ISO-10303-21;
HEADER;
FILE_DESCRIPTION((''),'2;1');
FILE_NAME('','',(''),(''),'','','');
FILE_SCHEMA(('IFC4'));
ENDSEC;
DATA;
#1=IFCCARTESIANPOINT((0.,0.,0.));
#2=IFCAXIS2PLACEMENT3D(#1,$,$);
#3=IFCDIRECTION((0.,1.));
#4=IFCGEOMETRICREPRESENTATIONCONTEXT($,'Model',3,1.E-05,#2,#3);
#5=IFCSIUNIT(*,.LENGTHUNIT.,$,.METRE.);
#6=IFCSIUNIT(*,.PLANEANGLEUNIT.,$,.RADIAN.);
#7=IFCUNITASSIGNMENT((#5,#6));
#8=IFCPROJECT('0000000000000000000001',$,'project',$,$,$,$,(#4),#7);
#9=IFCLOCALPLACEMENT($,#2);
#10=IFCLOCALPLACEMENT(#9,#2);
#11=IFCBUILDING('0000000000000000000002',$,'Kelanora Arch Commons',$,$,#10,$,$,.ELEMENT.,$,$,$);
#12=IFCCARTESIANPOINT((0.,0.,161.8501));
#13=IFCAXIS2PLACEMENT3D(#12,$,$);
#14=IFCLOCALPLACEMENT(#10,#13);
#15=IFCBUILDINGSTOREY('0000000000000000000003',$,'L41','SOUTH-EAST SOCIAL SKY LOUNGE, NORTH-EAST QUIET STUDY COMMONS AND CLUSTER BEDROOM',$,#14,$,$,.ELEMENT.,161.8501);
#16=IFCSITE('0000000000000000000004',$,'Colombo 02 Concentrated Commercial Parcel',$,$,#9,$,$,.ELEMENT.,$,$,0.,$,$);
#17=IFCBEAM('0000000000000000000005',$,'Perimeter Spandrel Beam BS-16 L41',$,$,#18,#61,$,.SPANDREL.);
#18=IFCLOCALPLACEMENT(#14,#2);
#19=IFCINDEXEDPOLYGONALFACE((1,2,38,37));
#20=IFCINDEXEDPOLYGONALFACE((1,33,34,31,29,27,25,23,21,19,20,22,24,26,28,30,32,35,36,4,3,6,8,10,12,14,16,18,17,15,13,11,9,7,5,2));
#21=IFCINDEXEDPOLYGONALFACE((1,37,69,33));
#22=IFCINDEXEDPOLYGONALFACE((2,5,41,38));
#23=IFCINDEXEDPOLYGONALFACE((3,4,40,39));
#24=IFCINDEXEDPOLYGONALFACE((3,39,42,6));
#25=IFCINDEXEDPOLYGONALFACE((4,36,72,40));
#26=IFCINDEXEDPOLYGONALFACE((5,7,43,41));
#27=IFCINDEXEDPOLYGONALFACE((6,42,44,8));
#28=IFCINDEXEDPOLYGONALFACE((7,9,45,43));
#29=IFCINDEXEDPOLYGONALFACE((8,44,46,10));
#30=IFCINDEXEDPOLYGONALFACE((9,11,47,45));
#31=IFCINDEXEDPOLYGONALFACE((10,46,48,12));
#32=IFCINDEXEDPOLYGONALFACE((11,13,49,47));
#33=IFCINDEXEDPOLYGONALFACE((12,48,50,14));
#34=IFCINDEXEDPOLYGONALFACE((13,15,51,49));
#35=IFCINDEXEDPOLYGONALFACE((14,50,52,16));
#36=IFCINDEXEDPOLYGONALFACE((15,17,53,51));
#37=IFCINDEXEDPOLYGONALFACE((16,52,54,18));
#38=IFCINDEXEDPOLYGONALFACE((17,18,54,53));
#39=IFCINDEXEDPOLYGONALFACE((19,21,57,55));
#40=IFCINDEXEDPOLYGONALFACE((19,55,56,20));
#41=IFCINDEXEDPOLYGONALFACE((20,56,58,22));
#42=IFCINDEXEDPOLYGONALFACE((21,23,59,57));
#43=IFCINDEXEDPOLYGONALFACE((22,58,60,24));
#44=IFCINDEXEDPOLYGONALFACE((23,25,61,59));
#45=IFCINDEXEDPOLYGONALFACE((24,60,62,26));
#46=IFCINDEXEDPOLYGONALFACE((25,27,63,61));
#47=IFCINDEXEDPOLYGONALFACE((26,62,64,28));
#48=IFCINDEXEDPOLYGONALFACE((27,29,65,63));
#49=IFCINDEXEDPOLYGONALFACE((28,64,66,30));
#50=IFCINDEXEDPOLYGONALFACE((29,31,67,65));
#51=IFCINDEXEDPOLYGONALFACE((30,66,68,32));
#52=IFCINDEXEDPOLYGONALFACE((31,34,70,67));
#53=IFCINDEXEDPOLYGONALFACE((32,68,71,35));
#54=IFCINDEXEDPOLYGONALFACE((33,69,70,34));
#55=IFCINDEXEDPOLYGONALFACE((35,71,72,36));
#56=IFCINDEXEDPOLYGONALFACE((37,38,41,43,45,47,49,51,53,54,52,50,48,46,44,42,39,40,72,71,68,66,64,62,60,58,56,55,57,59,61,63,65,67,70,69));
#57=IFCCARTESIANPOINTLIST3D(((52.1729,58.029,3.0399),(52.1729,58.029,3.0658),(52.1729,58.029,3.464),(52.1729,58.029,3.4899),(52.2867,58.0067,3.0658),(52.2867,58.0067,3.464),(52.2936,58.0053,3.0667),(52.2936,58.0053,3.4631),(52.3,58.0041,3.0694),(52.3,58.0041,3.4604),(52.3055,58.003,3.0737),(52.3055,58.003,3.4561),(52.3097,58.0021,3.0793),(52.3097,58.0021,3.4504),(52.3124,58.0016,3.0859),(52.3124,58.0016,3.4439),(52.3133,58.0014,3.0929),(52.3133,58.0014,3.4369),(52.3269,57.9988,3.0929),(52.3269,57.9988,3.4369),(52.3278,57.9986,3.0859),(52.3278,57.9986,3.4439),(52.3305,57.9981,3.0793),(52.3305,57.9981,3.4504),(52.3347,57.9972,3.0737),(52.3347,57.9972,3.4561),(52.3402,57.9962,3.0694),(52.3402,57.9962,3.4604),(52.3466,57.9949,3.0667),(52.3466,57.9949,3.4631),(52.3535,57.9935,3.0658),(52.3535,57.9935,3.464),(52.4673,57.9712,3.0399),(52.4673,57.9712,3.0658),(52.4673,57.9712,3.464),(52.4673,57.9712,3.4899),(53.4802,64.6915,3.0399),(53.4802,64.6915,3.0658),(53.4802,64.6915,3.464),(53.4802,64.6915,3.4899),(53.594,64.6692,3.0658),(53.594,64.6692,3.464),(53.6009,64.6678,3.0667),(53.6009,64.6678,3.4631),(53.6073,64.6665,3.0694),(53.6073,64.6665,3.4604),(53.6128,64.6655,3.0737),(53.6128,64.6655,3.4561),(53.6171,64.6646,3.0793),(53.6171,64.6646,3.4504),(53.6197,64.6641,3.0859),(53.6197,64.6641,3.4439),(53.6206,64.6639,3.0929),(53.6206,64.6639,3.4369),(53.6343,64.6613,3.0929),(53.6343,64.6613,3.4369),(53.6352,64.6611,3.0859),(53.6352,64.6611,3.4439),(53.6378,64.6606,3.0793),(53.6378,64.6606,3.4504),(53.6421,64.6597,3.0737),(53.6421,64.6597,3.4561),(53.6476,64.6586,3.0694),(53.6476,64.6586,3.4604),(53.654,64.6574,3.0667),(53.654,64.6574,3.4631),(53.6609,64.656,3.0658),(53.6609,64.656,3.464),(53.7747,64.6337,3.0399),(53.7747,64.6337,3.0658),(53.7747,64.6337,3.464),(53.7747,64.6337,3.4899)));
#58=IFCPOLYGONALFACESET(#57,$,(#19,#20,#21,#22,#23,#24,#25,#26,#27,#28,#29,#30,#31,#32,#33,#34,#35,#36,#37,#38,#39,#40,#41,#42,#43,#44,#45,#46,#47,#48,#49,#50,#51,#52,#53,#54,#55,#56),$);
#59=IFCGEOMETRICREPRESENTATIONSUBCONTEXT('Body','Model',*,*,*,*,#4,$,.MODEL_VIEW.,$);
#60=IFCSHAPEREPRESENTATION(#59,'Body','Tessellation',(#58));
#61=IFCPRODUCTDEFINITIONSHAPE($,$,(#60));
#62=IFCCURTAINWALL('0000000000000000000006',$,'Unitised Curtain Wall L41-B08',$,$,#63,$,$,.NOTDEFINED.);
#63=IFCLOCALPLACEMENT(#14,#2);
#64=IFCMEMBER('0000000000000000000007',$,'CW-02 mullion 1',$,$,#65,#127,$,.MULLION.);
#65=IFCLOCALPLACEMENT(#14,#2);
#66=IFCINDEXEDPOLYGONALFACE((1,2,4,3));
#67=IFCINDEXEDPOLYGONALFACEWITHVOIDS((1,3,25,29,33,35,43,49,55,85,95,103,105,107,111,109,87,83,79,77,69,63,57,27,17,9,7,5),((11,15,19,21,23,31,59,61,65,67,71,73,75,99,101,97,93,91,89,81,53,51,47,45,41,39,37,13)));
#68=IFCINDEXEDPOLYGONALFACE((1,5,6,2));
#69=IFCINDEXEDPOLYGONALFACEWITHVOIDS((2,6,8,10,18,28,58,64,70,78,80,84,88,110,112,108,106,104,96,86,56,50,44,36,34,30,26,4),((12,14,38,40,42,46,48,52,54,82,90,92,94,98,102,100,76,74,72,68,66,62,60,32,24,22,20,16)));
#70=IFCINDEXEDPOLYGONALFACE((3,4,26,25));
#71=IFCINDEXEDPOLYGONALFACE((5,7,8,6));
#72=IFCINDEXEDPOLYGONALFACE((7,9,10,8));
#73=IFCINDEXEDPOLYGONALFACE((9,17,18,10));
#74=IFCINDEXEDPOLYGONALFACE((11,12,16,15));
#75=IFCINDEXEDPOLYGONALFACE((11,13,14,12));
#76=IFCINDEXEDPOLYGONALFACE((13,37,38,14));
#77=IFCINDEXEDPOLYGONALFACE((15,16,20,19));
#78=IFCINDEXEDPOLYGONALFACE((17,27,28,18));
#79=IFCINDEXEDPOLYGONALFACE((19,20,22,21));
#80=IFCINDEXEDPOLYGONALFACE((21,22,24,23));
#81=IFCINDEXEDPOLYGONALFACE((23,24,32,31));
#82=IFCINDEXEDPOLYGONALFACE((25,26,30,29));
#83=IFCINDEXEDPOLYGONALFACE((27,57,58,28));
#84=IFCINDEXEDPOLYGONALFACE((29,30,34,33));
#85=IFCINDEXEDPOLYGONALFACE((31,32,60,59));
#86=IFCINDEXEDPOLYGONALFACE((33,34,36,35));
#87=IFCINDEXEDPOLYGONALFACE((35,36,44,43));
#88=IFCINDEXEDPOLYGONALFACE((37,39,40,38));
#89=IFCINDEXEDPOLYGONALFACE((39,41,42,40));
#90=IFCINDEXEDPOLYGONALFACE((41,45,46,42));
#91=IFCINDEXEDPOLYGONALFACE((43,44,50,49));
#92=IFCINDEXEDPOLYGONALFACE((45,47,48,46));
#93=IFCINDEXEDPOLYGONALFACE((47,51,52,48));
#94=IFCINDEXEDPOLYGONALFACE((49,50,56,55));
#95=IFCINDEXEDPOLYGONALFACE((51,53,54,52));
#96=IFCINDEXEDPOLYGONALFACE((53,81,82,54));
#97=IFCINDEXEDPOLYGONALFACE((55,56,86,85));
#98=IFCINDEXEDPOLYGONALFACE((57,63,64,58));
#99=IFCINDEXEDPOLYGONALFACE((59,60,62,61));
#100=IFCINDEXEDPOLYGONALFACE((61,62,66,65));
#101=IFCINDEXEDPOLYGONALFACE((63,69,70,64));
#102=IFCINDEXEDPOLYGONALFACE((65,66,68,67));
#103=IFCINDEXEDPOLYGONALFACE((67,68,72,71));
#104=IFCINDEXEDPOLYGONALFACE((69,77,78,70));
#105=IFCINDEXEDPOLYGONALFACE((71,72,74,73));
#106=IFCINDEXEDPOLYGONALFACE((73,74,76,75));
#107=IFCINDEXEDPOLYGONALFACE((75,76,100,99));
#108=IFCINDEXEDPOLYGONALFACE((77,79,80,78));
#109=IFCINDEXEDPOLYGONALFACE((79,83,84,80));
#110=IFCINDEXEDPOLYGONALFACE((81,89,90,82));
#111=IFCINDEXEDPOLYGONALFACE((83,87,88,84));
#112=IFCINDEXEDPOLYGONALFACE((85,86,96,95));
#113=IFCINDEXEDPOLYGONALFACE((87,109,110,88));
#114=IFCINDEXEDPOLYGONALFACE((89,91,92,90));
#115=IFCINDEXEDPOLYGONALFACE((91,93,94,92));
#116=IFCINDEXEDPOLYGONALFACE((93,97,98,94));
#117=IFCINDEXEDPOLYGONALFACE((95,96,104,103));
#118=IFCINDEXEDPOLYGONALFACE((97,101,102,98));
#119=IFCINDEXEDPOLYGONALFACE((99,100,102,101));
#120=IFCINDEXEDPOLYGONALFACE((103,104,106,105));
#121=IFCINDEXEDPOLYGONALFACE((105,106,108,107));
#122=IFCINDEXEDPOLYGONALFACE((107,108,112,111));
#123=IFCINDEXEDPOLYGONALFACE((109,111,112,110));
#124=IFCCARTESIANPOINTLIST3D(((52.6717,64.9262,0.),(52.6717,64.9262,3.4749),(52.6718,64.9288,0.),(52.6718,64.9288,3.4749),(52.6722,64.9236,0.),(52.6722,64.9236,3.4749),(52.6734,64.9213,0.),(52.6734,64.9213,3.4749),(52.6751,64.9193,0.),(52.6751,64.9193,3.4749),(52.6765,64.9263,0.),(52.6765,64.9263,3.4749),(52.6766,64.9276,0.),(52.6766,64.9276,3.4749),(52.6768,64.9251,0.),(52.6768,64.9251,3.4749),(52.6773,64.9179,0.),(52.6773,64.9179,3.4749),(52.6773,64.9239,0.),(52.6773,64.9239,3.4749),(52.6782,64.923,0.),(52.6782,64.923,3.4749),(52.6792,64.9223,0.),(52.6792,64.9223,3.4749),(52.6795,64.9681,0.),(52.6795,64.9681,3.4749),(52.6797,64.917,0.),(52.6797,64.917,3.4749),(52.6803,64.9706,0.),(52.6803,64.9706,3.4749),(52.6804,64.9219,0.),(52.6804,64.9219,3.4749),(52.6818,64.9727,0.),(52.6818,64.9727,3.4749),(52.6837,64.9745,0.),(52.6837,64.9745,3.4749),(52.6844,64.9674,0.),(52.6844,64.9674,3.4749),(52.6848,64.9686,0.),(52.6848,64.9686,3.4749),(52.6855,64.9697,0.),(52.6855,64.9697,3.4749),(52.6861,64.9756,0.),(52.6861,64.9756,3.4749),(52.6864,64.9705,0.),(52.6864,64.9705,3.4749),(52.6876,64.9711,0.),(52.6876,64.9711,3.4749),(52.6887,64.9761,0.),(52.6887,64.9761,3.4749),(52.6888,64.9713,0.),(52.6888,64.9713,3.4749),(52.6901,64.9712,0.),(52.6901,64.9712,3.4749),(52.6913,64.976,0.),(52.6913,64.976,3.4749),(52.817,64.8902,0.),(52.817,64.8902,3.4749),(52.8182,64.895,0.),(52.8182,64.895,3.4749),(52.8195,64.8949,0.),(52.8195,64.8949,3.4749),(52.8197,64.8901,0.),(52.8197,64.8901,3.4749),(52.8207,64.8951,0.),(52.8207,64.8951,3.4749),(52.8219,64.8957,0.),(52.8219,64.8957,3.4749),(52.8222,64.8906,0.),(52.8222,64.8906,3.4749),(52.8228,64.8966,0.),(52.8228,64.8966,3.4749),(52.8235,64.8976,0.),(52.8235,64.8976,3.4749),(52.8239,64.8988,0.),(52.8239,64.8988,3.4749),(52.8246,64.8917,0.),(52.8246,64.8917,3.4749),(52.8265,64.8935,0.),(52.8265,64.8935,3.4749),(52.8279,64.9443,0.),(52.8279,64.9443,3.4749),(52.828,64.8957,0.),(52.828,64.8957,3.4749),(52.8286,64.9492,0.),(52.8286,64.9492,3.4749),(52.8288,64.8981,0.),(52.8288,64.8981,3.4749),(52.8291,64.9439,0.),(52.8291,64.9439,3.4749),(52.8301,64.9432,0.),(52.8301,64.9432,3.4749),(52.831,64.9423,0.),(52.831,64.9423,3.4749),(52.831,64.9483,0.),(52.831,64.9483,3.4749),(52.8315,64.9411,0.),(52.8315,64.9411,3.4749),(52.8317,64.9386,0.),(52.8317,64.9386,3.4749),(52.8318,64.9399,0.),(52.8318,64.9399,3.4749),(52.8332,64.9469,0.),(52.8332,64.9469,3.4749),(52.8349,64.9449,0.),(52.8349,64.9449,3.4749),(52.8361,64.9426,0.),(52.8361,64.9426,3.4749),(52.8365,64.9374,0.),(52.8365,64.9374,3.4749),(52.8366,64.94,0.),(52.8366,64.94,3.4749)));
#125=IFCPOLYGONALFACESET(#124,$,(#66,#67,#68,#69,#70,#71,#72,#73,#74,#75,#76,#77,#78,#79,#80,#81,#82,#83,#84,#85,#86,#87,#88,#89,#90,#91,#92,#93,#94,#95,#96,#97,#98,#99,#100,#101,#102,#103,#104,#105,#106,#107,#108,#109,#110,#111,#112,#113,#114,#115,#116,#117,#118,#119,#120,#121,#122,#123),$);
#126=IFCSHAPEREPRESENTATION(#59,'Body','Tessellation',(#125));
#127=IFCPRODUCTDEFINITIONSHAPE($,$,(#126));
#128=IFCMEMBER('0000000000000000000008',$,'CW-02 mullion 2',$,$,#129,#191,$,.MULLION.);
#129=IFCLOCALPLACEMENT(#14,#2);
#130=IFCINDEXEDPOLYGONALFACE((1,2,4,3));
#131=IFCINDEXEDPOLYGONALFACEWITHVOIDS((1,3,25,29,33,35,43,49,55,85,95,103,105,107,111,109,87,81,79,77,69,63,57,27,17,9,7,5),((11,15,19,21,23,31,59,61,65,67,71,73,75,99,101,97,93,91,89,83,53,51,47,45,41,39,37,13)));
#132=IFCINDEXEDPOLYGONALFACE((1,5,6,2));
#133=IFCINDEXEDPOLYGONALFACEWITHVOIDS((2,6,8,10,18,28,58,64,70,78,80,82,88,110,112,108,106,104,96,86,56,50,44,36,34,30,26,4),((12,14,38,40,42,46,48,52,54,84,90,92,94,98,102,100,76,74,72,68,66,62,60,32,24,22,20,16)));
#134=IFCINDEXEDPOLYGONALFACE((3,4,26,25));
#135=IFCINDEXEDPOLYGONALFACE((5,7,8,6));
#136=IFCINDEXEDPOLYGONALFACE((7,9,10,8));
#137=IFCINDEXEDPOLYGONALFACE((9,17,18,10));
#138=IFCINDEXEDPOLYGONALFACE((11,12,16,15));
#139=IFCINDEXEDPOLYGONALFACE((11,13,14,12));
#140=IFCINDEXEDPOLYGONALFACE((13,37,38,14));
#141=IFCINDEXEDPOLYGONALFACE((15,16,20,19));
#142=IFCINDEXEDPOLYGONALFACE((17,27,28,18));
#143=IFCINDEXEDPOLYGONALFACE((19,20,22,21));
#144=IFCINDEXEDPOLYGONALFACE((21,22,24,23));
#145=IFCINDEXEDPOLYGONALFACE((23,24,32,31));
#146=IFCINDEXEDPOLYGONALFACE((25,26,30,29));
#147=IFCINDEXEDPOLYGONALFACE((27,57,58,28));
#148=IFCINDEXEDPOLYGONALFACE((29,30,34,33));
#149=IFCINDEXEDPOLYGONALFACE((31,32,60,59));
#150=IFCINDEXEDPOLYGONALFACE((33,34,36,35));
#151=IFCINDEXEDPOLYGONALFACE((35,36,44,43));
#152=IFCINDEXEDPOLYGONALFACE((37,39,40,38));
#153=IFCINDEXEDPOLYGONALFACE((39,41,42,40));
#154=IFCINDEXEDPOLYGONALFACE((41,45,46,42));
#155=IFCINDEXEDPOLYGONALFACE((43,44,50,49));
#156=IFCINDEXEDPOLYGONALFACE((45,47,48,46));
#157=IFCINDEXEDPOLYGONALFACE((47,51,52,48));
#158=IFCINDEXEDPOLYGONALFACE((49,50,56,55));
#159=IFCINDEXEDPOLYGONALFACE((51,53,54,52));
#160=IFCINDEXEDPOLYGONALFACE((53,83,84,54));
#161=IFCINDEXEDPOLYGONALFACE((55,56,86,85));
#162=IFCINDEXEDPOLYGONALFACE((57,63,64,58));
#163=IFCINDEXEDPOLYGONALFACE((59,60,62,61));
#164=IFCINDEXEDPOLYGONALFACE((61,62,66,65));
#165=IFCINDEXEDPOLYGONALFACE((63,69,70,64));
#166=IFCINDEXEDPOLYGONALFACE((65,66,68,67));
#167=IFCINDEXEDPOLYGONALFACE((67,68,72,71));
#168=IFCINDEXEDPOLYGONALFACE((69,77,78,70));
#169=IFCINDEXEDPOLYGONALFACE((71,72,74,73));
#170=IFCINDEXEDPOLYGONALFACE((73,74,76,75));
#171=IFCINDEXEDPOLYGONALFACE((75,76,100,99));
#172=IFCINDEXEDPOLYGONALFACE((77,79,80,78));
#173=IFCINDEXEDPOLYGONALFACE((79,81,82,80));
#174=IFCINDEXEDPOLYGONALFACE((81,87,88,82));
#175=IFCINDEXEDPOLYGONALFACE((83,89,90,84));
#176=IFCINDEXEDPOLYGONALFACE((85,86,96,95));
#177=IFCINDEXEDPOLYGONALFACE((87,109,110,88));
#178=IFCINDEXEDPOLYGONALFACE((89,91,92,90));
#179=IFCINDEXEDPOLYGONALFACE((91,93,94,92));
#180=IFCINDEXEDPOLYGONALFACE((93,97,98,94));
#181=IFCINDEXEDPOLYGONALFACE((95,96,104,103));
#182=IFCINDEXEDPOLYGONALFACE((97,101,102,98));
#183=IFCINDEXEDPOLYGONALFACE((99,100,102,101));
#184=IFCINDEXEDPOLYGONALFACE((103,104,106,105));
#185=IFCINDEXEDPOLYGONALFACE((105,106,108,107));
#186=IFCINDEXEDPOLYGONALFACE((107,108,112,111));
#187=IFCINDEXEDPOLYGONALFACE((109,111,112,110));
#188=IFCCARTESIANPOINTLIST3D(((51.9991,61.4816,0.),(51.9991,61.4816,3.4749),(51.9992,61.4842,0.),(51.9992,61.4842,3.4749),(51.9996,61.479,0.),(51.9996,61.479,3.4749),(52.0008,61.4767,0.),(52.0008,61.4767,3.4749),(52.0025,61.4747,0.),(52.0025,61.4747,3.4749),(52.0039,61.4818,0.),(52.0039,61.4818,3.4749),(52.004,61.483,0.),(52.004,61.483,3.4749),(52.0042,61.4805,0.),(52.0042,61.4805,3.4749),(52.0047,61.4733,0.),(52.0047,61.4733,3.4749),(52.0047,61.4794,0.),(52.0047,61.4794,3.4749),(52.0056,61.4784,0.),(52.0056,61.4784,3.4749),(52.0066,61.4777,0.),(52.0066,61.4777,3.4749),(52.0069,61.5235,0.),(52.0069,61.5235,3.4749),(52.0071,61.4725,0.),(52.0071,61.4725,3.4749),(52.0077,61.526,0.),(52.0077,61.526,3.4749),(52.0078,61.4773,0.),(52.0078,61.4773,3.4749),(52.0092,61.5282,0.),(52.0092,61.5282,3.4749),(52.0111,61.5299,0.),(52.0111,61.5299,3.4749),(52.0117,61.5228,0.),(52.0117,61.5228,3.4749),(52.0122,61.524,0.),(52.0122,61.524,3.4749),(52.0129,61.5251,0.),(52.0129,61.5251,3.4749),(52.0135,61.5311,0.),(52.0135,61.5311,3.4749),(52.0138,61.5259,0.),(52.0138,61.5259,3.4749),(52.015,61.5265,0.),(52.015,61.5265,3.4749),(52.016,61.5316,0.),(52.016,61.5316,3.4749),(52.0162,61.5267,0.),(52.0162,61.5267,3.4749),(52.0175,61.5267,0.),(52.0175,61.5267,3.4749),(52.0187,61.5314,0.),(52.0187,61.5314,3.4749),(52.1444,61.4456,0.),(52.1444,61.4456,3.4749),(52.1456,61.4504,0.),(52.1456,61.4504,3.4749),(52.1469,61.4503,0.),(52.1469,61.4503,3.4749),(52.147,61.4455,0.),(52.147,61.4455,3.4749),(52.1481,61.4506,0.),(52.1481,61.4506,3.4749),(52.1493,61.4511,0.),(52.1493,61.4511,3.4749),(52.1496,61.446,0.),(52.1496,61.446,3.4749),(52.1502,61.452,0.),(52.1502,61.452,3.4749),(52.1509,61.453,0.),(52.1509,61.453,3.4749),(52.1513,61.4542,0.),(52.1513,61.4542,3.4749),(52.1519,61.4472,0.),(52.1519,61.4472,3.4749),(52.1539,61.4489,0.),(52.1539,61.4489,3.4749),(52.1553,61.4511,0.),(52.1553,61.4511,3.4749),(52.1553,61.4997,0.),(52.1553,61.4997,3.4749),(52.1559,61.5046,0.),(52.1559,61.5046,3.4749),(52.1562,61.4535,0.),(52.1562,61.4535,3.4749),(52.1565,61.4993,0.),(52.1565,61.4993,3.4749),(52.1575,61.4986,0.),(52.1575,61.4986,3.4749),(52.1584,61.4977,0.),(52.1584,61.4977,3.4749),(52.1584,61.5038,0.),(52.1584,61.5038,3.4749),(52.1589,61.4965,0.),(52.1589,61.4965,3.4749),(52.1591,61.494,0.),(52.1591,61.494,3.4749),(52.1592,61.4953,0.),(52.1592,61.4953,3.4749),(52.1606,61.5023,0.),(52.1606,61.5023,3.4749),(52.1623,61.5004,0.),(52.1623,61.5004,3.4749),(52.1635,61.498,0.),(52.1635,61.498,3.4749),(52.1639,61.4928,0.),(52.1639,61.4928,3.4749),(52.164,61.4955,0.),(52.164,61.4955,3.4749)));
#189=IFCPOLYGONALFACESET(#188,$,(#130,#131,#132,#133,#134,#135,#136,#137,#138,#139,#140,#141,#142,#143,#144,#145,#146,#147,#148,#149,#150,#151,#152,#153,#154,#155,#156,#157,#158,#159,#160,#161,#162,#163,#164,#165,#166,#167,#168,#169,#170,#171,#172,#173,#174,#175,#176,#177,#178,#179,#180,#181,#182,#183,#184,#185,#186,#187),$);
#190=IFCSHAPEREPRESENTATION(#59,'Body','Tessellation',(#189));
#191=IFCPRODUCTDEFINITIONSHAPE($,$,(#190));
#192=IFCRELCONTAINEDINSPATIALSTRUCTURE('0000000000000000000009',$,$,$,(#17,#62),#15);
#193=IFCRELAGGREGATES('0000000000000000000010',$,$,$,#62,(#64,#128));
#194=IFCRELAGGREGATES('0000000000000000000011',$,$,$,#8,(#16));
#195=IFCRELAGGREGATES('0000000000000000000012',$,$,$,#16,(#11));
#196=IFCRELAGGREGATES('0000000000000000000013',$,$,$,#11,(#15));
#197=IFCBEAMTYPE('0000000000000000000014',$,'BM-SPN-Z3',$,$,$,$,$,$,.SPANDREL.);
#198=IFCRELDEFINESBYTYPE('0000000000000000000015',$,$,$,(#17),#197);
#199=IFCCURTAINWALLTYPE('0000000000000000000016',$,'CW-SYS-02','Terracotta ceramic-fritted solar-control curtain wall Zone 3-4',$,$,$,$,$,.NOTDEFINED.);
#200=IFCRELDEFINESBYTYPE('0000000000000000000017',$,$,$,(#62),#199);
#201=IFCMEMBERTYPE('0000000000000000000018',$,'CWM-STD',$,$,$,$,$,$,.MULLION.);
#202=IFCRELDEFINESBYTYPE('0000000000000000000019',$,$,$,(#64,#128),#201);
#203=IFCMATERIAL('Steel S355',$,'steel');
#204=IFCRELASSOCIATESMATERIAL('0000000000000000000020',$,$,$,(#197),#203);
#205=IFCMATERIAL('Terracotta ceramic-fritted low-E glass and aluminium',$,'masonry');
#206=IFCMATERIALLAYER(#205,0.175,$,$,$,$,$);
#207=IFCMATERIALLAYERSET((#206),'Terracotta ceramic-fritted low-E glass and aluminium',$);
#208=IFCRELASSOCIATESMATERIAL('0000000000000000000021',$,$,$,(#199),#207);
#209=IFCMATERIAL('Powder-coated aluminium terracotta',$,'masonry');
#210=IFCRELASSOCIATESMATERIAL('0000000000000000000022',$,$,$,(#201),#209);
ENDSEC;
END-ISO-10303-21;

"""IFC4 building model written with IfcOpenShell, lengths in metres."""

from ifc_helpers import new_model, si_unit, direction, frame, origin, origin_2d, place, context, subcontext, project, spatial, hollow_rectangle, i_section, extrude, material, layer, layer_set, material_profile, profile_set, type_object, element, aggregate, save


model = new_model("IFC4")

# Units and contexts
model_context = context("Model", 3, precision=1e-05, world=origin(), true_north=direction((0.0, 1.0)))
body_context = subcontext(model_context, "Body", "Model", "MODEL_VIEW")
ifc_project = project(units=[si_unit("LENGTHUNIT", "METRE"), si_unit("PLANEANGLEUNIT", "RADIAN")], contexts=[model_context])

# Site, building, storey
site_placement = place(None, origin())
site = spatial("IfcSite", under=ifc_project, at=site_placement, Name="Colombo 02 Concentrated Commercial Parcel", CompositionType="ELEMENT", RefElevation=0.0)
building_placement = place(site_placement, origin())
building = spatial("IfcBuilding", under=site, at=building_placement, Name="Kelanora Arch Commons", CompositionType="ELEMENT")
storey_placement = place(building_placement, frame((0.0, 0.0, 161.8501)))
storey = spatial("IfcBuildingStorey", under=building, at=storey_placement, Name="L41", Description="SOUTH-EAST SOCIAL SKY LOUNGE, NORTH-EAST QUIET STUDY COMMONS AND CLUSTER BEDROOM", CompositionType="ELEMENT", Elevation=161.8501)

# Beam
ifc_material_1 = material(Name="Steel S355", Category="steel")
ifc_material_profile_1 = material_profile(ifc_material_1, i_section(OverallWidth=0.3, OverallDepth=0.45, WebThickness=0.0139, FlangeThickness=0.0259, FilletRadius=0.0271, at=origin_2d()), Name="HEB450")
ifc_profile_set_1 = profile_set([ifc_material_profile_1], Name="Steel S355")
beam_type_1 = type_object("IfcBeamType", Name="BM-SPN-Z3", PredefinedType="SPANDREL", material=ifc_profile_set_1)
beam_1_placement = place(storey_placement, frame((53.6274, 64.6626, 3.2649), z_axis=(-0.192554, -0.981286, 0.0), x_axis=(0.981286, -0.192554, 0.0)))
element("IfcBeam", 1, at=beam_1_placement, inside=storey, type_object=beam_type_1, Name="Perimeter Spandrel Beam BS-16 L41", PredefinedType="SPANDREL", context=body_context, shape_type="SweptSolid", body=[
    extrude(i_section(OverallWidth=0.3, OverallDepth=0.45, WebThickness=0.0139, FlangeThickness=0.0259, FilletRadius=0.0271, at=origin_2d()), origin(), (0.0, 0.0, 1.0), 6.7896),
])

# Curtain wall, members
ifc_material_2 = material(Name="Terracotta ceramic-fritted low-E glass and aluminium", Category="masonry")
ifc_layer_1 = layer(ifc_material_2, 0.175)
ifc_layer_set_1 = layer_set([ifc_layer_1], Name="Terracotta ceramic-fritted low-E glass and aluminium")
curtain_wall_type = type_object("IfcCurtainWallType", Name="CW-SYS-02", Description="Terracotta ceramic-fritted solar-control curtain wall Zone 3-4", PredefinedType="NOTDEFINED", material=ifc_layer_set_1)
curtain_wall_placement = place(storey_placement, origin())
curtain_wall = element("IfcCurtainWall", 2, at=curtain_wall_placement, inside=storey, type_object=curtain_wall_type, Name="Unitised Curtain Wall L41-B08", PredefinedType="NOTDEFINED")
ifc_material_3 = material(Name="Powder-coated aluminium terracotta", Category="masonry")
ifc_material_profile_2 = material_profile(ifc_material_3, hollow_rectangle(XDim=0.1599, YDim=0.0601, WallThickness=0.0049, InnerFilletRadius=0.0049, OuterFilletRadius=0.01, at=origin_2d()), Name="CWM160x60")
ifc_profile_set_2 = profile_set([ifc_material_profile_2], Name="Powder-coated aluminium terracotta")
member_type_1 = type_object("IfcMemberType", Name="CWM-STD", PredefinedType="MULLION", material=ifc_profile_set_2)
member_1_placement = place(storey_placement, frame((52.7542, 64.9331, 0.0), z_axis=(0.0, 0.0, 1.0), x_axis=(0.981453, -0.191705, 0.0)))
member_1 = element("IfcMember", 3, at=member_1_placement, type_object=member_type_1, Name="CW-02 mullion 1", PredefinedType="MULLION", context=body_context, shape_type="SweptSolid", body=[
    extrude(hollow_rectangle(XDim=0.1599, YDim=0.0601, WallThickness=0.0049, InnerFilletRadius=0.0049, OuterFilletRadius=0.01, at=origin_2d()), origin(), (0.0, 0.0, 1.0), 3.4749),
])
member_2_placement = place(storey_placement, frame((52.0815, 61.4885, 0.0), z_axis=(0.0, 0.0, 1.0), x_axis=(0.981453, -0.191705, 0.0)))
member_2 = element("IfcMember", 4, at=member_2_placement, type_object=member_type_1, Name="CW-02 mullion 2", PredefinedType="MULLION", context=body_context, shape_type="SweptSolid", body=[
    extrude(hollow_rectangle(XDim=0.1599, YDim=0.0601, WallThickness=0.0049, InnerFilletRadius=0.0049, OuterFilletRadius=0.01, at=origin_2d()), origin(), (0.0, 0.0, 1.0), 3.4749),
])
aggregate(curtain_wall, [member_1, member_2])

save(model, "model.ifc")
